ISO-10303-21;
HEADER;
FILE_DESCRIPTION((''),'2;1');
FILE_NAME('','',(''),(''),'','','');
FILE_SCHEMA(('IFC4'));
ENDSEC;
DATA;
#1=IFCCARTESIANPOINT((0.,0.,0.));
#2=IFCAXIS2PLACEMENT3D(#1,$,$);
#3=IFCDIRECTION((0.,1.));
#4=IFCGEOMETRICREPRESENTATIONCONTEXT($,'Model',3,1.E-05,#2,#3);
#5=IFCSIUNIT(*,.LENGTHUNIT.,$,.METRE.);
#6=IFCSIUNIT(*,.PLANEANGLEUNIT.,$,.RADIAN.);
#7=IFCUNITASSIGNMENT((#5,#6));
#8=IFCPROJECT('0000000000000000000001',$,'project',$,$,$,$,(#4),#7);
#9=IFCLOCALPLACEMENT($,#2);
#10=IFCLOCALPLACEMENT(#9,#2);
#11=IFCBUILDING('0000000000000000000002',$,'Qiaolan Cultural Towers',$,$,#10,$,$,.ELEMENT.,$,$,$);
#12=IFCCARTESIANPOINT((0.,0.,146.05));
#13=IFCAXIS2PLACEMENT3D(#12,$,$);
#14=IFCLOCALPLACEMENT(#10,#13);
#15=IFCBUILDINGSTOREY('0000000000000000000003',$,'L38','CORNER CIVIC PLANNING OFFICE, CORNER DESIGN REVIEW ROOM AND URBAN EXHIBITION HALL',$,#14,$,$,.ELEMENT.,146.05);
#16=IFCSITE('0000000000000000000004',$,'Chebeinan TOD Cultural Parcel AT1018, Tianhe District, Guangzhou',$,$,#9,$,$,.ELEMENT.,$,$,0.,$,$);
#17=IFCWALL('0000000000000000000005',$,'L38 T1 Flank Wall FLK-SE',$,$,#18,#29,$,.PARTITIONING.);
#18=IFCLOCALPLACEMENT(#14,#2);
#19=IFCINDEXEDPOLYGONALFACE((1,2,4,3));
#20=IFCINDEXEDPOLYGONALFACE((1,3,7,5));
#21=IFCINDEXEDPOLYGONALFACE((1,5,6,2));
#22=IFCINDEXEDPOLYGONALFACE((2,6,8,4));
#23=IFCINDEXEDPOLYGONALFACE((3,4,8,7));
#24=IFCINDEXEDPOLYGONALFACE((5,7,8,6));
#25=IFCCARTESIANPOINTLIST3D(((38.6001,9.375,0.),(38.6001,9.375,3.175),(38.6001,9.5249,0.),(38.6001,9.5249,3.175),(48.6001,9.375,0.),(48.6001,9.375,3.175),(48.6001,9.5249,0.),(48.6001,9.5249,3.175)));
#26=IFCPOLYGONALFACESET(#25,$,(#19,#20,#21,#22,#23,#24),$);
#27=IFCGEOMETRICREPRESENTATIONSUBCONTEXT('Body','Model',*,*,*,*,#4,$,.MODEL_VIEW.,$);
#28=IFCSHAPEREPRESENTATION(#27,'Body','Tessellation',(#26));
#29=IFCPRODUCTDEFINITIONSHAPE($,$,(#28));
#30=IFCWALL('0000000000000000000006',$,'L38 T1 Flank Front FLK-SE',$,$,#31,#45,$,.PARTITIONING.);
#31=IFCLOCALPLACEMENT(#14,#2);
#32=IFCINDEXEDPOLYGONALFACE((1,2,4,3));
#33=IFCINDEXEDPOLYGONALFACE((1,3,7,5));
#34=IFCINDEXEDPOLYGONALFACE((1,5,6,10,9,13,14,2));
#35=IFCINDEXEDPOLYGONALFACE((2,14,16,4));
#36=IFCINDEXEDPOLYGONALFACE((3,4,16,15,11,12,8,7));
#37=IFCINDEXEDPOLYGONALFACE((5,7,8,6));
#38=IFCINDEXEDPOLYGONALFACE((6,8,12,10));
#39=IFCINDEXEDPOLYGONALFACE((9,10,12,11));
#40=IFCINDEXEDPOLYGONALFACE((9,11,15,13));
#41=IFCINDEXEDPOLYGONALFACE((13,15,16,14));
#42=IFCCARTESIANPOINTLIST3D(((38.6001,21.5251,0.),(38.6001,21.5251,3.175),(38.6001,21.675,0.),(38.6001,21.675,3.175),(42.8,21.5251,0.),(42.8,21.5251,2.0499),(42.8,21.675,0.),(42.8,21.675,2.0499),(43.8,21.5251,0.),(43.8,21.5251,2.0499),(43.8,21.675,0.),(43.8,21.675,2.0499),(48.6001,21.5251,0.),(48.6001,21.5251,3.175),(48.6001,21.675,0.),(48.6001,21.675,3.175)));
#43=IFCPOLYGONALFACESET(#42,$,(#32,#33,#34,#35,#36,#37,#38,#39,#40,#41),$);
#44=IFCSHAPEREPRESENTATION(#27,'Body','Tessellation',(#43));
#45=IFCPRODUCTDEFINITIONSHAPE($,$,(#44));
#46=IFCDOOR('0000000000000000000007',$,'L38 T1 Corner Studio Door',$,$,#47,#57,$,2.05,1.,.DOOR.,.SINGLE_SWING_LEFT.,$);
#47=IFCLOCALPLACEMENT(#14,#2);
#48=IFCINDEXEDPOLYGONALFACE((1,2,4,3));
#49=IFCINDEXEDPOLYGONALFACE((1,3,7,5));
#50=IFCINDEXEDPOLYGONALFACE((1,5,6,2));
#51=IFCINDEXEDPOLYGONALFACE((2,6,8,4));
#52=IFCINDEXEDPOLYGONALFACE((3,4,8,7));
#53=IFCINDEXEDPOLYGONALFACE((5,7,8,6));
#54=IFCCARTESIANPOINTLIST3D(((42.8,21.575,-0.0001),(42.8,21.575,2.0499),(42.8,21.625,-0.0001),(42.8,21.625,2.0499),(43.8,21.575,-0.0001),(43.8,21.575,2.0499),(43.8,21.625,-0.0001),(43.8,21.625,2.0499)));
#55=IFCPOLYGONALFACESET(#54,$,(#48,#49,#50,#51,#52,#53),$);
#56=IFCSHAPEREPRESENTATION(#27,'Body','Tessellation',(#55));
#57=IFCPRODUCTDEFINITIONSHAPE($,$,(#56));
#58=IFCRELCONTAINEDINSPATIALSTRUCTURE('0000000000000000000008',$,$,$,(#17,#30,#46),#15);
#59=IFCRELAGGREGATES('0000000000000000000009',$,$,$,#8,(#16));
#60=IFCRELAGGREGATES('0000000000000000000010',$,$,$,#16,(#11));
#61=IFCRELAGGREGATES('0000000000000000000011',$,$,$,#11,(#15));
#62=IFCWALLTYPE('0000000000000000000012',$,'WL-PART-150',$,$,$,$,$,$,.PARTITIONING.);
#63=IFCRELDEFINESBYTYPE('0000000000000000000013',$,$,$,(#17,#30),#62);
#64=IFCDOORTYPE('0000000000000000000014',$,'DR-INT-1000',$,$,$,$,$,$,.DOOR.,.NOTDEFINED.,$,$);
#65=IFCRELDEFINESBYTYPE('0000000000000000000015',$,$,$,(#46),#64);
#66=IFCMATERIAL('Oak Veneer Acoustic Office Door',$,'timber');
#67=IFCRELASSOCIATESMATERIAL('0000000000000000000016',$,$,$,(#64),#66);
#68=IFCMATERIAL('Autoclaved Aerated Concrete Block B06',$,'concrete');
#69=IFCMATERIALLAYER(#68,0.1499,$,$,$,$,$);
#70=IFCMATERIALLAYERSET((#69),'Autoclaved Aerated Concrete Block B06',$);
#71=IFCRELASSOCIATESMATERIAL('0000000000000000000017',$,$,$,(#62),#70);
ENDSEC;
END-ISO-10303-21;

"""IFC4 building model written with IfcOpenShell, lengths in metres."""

from ifc_helpers import new_model, si_unit, direction, frame, frame_2d, origin, place, context, subcontext, project, spatial, rectangle, extrude, material, layer, layer_set, type_object, element, fill, save


model = new_model("IFC4")

# Units and contexts
model_context = context("Model", 3, precision=1e-05, world=origin(), true_north=direction((0.0, 1.0)))
body_context = subcontext(model_context, "Body", "Model", "MODEL_VIEW")
ifc_project = project(units=[si_unit("LENGTHUNIT", "METRE"), si_unit("PLANEANGLEUNIT", "RADIAN")], contexts=[model_context])

# Site, building, storey
site_placement = place(None, origin())
site = spatial("IfcSite", under=ifc_project, at=site_placement, Name="Chebeinan TOD Cultural Parcel AT1018, Tianhe District, Guangzhou", CompositionType="ELEMENT", RefElevation=0.0)
building_placement = place(site_placement, origin())
building = spatial("IfcBuilding", under=site, at=building_placement, Name="Qiaolan Cultural Towers", CompositionType="ELEMENT")
storey_placement = place(building_placement, frame((0.0, 0.0, 146.05)))
storey = spatial("IfcBuildingStorey", under=building, at=storey_placement, Name="L38", Description="CORNER CIVIC PLANNING OFFICE, CORNER DESIGN REVIEW ROOM AND URBAN EXHIBITION HALL", CompositionType="ELEMENT", Elevation=146.05)

# Shared definitions
ifc_material_1 = material(Name="Oak Veneer Acoustic Office Door", Category="timber")
door_type_1 = type_object("IfcDoorType", Name="DR-INT-1000", OperationType="NOTDEFINED", PredefinedType="DOOR", material=ifc_material_1)

# Shared definitions
ifc_material_2 = material(Name="Autoclaved Aerated Concrete Block B06", Category="concrete")
ifc_layer_1 = layer(ifc_material_2, 0.1499)
ifc_layer_set_1 = layer_set([ifc_layer_1], Name="Autoclaved Aerated Concrete Block B06")
wall_type_1 = type_object("IfcWallType", Name="WL-PART-150", PredefinedType="PARTITIONING", material=ifc_layer_set_1)

# Wall
wall_1_placement = place(storey_placement, frame((38.6001, 9.45, 0.0), z_axis=(0.0, 0.0, 1.0), x_axis=(1.0, 0.0, 0.0)))
element("IfcWall", 1, at=wall_1_placement, inside=storey, type_object=wall_type_1, Name="L38 T1 Flank Wall FLK-SE", PredefinedType="PARTITIONING", context=body_context, shape_type="SweptSolid", body=[
    extrude(rectangle(XDim=10.0, YDim=0.1499, at=frame_2d((5.0, 0.0))), origin(), (0.0, 0.0, 1.0), 3.175),
])

# Wall, opening, door
wall_2_placement = place(storey_placement, frame((38.6001, 21.6001, 0.0), z_axis=(0.0, 0.0, 1.0), x_axis=(1.0, 0.0, 0.0)))
wall_2 = element("IfcWall", 2, at=wall_2_placement, inside=storey, type_object=wall_type_1, Name="L38 T1 Flank Front FLK-SE", PredefinedType="PARTITIONING", context=body_context, shape_type="SweptSolid", body=[
    extrude(rectangle(XDim=10.0, YDim=0.1499, at=frame_2d((5.0, 0.0))), origin(), (0.0, 0.0, 1.0), 3.175),
])
opening_1_placement = place(wall_2_placement, frame((4.2, 0.0, 0.0)))
opening_1 = element("IfcOpeningElement", 3, at=opening_1_placement, cuts=wall_2, PredefinedType="OPENING", context=body_context, shape_type="SweptSolid", body=[
    extrude(rectangle(XDim=1.0, YDim=2.05, at=frame_2d((0.5, 1.0249))), frame((0.0, 0.085, 0.0), z_axis=(0.0, -1.0, 0.0), x_axis=(1.0, 0.0, 0.0)), (0.0, 0.0, 1.0), 0.1699),
])
door_1_placement = place(opening_1_placement, origin())
door_1 = element("IfcDoor", 4, at=door_1_placement, inside=storey, type_object=door_type_1, Name="L38 T1 Corner Studio Door", OperationType="SINGLE_SWING_LEFT", OverallHeight=2.05, OverallWidth=1.0, PredefinedType="DOOR", context=body_context, shape_type="SweptSolid", body=[
    extrude(rectangle(XDim=1.0, YDim=2.05, at=frame_2d((0.5, 1.0249))), frame((0.0, 0.0249, 0.0), z_axis=(0.0, -1.0, 0.0), x_axis=(1.0, 0.0, 0.0)), (0.0, 0.0, 1.0), 0.05),
])
fill(opening_1, door_1)

save(model, "model.ifc")
